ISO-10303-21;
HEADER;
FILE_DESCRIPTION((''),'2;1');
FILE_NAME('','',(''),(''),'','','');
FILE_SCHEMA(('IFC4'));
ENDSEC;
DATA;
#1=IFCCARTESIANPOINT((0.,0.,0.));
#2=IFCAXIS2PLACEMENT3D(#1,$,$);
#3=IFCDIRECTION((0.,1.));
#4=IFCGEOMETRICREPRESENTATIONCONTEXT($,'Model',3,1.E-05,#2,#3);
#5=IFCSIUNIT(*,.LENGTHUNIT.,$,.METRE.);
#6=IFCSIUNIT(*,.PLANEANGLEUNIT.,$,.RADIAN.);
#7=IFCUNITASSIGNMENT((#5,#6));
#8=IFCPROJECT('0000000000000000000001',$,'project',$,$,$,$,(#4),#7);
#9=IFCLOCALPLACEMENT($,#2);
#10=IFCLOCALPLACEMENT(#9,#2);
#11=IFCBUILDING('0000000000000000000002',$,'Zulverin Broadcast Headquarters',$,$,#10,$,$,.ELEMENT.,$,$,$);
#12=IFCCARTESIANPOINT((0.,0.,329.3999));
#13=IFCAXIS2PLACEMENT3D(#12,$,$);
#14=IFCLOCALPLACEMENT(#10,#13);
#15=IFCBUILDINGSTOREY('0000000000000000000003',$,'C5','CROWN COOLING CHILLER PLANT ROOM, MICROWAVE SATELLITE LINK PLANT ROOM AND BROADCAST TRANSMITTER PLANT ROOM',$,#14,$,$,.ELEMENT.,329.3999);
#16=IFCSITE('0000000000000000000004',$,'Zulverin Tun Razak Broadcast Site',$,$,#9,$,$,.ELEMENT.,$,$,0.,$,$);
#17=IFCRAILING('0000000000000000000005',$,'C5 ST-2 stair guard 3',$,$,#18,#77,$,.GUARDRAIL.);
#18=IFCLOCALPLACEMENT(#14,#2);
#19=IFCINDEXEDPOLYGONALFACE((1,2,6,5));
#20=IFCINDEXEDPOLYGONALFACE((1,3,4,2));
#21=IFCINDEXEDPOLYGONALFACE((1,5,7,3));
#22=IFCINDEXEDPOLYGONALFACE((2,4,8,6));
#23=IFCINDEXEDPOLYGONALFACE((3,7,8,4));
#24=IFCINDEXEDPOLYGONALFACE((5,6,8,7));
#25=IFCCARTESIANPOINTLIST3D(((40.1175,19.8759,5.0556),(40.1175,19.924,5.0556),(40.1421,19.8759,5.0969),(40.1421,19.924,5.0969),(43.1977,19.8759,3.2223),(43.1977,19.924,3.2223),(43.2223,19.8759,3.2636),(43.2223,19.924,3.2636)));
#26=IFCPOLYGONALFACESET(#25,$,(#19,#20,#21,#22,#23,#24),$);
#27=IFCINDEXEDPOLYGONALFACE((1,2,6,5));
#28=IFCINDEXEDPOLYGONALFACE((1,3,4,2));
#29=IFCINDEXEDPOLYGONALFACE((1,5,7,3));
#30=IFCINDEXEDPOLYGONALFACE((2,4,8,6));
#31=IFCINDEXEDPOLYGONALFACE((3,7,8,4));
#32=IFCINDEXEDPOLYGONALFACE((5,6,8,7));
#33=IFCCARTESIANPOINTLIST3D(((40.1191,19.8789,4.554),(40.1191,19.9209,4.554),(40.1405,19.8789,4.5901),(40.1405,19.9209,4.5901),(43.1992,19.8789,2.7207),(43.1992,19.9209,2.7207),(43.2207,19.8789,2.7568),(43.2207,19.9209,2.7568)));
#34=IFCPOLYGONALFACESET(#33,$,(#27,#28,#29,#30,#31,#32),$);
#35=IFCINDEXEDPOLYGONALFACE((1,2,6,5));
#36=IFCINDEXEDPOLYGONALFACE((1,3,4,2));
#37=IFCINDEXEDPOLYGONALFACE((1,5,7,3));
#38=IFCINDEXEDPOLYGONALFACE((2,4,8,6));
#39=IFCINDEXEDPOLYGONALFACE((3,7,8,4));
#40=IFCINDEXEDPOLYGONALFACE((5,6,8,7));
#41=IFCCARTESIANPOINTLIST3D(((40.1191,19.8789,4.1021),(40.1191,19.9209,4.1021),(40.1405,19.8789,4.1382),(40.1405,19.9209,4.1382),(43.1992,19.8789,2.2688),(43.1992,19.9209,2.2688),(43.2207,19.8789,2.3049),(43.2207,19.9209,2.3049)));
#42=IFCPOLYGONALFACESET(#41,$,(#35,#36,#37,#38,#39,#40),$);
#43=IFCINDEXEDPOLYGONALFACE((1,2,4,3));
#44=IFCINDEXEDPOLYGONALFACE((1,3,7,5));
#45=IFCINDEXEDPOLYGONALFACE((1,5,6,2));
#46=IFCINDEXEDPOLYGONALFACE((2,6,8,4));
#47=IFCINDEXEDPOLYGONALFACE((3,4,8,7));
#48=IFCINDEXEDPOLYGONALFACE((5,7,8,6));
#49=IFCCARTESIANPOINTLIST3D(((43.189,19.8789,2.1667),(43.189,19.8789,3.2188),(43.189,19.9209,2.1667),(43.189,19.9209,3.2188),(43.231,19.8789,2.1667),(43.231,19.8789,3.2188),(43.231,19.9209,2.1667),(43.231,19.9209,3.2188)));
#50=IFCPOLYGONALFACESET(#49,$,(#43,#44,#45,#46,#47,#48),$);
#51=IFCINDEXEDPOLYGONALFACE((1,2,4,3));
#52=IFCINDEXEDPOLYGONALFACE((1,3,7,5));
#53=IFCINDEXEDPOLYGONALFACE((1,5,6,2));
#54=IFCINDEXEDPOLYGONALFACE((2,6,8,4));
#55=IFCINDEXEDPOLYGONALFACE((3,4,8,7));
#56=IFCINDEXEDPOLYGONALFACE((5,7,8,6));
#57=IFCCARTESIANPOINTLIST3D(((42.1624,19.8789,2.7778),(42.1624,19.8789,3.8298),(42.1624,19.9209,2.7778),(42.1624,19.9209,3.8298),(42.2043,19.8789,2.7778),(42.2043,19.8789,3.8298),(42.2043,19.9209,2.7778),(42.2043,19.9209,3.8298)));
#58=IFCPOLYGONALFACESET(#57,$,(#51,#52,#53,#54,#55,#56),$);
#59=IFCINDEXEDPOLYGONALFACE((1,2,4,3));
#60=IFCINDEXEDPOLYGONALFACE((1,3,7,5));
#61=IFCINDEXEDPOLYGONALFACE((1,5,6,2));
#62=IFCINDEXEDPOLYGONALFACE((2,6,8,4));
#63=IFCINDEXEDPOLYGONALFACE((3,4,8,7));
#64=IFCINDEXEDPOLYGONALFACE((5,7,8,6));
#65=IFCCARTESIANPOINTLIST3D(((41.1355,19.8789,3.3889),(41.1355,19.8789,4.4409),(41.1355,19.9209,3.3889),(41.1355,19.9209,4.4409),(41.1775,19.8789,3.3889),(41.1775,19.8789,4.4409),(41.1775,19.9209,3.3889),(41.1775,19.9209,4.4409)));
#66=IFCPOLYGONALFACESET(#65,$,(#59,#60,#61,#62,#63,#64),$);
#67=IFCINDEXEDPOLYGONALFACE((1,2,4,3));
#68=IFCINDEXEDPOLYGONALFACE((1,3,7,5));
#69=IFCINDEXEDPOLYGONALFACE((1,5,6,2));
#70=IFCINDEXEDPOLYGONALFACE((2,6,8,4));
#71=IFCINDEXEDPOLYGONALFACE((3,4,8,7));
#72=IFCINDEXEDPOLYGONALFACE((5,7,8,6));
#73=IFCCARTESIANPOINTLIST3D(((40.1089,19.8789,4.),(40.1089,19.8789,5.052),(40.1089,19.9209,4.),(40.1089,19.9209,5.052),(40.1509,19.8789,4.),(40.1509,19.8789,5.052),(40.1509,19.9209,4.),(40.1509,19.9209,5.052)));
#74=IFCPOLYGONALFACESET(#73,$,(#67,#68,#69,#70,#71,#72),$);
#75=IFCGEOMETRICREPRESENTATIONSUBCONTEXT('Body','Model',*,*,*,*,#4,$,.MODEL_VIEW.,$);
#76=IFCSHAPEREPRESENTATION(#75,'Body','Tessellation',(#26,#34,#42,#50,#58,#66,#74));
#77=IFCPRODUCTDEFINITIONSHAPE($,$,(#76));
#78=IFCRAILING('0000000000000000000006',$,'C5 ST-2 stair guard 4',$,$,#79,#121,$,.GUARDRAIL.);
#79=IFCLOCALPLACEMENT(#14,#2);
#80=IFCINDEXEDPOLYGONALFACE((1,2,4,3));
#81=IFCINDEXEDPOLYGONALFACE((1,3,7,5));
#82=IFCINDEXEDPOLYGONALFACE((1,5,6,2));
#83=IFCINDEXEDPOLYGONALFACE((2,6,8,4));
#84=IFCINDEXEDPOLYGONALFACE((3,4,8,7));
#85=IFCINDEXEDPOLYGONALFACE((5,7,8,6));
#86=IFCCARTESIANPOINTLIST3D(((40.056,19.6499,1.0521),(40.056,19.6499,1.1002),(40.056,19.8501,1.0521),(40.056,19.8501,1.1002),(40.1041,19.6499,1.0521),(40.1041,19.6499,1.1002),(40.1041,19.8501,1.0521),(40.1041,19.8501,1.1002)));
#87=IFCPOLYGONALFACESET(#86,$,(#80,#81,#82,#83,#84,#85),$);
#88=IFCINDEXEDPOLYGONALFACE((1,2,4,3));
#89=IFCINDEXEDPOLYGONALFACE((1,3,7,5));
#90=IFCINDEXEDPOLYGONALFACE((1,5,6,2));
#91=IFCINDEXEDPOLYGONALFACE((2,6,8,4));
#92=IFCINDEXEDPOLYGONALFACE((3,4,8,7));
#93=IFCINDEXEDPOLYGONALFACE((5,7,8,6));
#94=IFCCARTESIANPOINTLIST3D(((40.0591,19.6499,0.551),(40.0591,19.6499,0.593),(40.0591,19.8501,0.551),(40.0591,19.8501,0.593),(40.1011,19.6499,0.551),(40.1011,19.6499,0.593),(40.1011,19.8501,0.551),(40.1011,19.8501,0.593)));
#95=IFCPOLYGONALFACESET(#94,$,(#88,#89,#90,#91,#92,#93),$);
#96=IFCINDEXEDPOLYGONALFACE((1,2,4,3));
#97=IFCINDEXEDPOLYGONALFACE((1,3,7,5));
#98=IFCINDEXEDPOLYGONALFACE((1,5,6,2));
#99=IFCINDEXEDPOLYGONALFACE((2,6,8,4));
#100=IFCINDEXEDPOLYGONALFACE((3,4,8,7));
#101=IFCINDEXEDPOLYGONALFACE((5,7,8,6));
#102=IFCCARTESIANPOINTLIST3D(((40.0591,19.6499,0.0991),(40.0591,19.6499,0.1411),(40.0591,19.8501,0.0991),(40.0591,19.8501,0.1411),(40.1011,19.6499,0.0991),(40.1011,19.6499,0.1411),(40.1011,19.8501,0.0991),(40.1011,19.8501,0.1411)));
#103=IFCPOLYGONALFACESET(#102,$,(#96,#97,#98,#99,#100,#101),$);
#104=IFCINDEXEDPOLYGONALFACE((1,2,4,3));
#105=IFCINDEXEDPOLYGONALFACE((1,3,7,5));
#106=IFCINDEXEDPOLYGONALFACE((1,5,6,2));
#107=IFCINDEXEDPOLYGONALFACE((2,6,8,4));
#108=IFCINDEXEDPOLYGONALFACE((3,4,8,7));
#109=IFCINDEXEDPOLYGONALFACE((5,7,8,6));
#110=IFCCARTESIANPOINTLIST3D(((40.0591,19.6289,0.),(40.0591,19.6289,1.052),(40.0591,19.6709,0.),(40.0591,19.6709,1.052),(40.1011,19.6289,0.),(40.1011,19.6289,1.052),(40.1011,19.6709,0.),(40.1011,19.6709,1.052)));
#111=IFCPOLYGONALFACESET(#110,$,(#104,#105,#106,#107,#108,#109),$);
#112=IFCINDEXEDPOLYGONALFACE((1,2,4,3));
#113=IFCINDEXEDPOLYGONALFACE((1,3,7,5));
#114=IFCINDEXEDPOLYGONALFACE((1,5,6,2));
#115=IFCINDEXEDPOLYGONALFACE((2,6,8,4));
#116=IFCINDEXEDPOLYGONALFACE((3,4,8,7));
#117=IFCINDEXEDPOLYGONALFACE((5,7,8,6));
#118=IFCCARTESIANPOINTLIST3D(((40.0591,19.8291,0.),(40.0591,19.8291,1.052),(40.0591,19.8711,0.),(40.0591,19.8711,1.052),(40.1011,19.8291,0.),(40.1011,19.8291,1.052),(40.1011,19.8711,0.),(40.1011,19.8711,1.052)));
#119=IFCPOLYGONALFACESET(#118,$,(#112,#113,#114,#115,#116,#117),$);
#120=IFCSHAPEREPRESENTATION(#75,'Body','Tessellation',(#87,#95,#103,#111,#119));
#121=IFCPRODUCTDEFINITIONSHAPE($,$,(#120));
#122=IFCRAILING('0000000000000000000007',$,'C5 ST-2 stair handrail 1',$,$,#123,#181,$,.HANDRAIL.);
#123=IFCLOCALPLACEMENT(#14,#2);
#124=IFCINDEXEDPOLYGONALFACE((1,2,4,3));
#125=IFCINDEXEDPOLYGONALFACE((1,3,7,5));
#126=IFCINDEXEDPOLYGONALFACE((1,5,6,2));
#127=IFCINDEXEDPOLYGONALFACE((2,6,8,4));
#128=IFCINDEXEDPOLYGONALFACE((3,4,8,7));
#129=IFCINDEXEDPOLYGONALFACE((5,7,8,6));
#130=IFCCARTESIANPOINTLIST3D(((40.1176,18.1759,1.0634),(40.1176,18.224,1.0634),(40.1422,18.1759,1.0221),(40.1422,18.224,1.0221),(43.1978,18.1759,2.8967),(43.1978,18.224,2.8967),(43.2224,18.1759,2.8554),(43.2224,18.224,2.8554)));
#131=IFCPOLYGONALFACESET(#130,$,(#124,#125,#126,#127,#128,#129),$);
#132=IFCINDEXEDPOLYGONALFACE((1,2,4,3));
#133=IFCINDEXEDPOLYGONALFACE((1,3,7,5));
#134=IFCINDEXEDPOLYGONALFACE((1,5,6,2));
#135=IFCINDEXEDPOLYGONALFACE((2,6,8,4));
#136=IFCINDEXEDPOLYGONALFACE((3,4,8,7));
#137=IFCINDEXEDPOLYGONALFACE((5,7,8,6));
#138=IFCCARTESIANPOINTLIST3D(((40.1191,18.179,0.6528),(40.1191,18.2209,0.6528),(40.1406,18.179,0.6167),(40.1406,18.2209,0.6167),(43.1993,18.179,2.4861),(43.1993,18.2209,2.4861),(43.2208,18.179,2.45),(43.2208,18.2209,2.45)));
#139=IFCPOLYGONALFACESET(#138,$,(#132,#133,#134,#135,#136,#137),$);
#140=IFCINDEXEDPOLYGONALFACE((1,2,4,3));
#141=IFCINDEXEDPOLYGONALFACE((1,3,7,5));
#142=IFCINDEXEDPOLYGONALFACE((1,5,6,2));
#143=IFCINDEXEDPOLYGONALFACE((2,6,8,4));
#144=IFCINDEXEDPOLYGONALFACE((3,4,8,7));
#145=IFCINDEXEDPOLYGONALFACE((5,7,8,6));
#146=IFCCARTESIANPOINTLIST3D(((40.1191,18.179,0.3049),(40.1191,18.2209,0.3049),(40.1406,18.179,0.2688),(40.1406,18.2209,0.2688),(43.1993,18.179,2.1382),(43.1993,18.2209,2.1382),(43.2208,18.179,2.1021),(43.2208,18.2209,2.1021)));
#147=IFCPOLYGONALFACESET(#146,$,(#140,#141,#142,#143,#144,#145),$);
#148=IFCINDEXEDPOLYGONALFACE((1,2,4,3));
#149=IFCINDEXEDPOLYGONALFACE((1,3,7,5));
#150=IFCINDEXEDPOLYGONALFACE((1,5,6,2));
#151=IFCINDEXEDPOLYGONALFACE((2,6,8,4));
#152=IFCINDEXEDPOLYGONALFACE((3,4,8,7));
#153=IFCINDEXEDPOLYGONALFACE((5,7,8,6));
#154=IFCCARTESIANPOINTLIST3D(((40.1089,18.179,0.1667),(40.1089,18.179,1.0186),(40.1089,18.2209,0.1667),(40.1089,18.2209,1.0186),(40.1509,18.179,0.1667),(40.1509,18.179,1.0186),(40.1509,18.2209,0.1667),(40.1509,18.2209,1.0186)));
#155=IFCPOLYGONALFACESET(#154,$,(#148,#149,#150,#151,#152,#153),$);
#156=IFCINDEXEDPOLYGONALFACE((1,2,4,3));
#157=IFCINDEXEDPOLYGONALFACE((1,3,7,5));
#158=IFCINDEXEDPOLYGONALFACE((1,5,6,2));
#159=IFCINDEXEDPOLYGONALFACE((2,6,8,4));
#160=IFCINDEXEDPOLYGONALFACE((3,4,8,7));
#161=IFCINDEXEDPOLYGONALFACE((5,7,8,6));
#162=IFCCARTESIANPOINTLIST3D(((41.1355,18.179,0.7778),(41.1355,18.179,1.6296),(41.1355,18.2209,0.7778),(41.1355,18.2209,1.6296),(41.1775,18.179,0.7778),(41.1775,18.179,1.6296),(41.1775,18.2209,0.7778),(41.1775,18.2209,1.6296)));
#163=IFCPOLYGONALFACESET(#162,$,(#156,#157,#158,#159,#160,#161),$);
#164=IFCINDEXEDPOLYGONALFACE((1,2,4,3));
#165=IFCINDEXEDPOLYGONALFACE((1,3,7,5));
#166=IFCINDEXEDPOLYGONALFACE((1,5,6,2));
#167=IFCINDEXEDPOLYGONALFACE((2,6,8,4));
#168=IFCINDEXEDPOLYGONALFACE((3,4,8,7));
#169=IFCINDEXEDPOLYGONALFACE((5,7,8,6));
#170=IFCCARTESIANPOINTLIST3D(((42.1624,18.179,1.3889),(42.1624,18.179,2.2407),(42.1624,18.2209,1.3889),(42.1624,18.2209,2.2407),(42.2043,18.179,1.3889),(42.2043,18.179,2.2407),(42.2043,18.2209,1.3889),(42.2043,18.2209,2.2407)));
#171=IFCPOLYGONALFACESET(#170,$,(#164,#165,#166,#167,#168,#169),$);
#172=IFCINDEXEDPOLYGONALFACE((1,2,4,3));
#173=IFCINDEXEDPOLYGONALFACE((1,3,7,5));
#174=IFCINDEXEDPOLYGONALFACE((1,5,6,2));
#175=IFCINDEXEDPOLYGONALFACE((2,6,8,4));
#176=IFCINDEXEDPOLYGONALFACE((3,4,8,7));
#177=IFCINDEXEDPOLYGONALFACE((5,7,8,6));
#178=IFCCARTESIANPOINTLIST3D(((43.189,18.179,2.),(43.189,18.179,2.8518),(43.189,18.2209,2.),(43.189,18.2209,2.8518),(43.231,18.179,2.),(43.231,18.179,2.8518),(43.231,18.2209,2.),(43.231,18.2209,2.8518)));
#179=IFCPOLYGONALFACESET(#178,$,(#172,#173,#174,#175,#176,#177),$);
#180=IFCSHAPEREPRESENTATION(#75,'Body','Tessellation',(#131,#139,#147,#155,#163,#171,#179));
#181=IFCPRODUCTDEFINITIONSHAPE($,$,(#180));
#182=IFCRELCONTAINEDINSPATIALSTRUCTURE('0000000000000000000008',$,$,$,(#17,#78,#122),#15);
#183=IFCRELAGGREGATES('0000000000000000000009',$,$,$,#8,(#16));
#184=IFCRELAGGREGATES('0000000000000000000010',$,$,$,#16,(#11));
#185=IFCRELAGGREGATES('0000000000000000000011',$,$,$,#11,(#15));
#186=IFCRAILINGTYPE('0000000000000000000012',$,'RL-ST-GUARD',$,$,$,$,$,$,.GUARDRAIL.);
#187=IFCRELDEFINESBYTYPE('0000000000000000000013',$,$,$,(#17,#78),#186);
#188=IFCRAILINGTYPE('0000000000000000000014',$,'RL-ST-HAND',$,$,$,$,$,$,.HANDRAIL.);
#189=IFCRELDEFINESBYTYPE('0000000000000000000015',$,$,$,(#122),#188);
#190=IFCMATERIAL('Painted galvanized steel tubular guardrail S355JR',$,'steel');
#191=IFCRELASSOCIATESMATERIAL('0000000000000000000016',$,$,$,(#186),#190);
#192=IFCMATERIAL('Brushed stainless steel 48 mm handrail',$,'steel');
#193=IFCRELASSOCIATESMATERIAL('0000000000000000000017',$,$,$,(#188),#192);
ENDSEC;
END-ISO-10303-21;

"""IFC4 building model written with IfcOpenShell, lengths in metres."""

from ifc_helpers import new_model, si_unit, direction, frame, origin, origin_2d, place, context, subcontext, project, spatial, rectangle, extrude, material, type_object, element, save


model = new_model("IFC4")

# Units and contexts
model_context = context("Model", 3, precision=1e-05, world=origin(), true_north=direction((0.0, 1.0)))
body_context = subcontext(model_context, "Body", "Model", "MODEL_VIEW")
ifc_project = project(units=[si_unit("LENGTHUNIT", "METRE"), si_unit("PLANEANGLEUNIT", "RADIAN")], contexts=[model_context])

# Site, building, storey
site_placement = place(None, origin())
site = spatial("IfcSite", under=ifc_project, at=site_placement, Name="Zulverin Tun Razak Broadcast Site", CompositionType="ELEMENT", RefElevation=0.0)
building_placement = place(site_placement, origin())
building = spatial("IfcBuilding", under=site, at=building_placement, Name="Zulverin Broadcast Headquarters", CompositionType="ELEMENT")
storey_placement = place(building_placement, frame((0.0, 0.0, 329.3999)))
storey = spatial("IfcBuildingStorey", under=building, at=storey_placement, Name="C5", Description="CROWN COOLING CHILLER PLANT ROOM, MICROWAVE SATELLITE LINK PLANT ROOM AND BROADCAST TRANSMITTER PLANT ROOM", CompositionType="ELEMENT", Elevation=329.3999)

# Railings
ifc_material_1 = material(Name="Painted galvanized steel tubular guardrail S355JR", Category="steel")
railing_type_1 = type_object("IfcRailingType", Name="RL-ST-GUARD", PredefinedType="GUARDRAIL", material=ifc_material_1)
railing_1_placement = place(storey_placement, frame((43.21, 19.8999, 2.1667)))
element("IfcRailing", 1, at=railing_1_placement, inside=storey, type_object=railing_type_1, Name="C5 ST-2 stair guard 3", PredefinedType="GUARDRAIL", context=body_context, shape_type="SweptSolid", body=[
    extrude(rectangle(XDim=0.0481, YDim=0.0481, at=origin_2d()), frame((0.0, 0.0, 1.0762), z_axis=(-0.859309, 0.0, 0.511458), x_axis=(0.0, -1.0, 0.0)), (0.0, 0.0, 1.0), 3.5845),
    extrude(rectangle(XDim=0.042, YDim=0.042, at=origin_2d()), frame((0.0, 0.0, 0.572), z_axis=(-0.859309, 0.0, 0.511458), x_axis=(0.0, -1.0, 0.0)), (0.0, 0.0, 1.0), 3.5845),
    extrude(rectangle(XDim=0.042, YDim=0.042, at=origin_2d()), frame((0.0, 0.0, 0.1201), z_axis=(-0.859309, 0.0, 0.511458), x_axis=(0.0, -1.0, 0.0)), (0.0, 0.0, 1.0), 3.5845),
    extrude(rectangle(XDim=0.042, YDim=0.042, at=origin_2d()), origin(), (0.0, 0.0, 1.0), 1.052),
    extrude(rectangle(XDim=0.042, YDim=0.042, at=origin_2d()), frame((-1.0266, 0.0, 0.6111)), (0.0, 0.0, 1.0), 1.052),
    extrude(rectangle(XDim=0.042, YDim=0.042, at=origin_2d()), frame((-2.0535, 0.0, 1.2222)), (0.0, 0.0, 1.0), 1.052),
    extrude(rectangle(XDim=0.042, YDim=0.042, at=origin_2d()), frame((-3.0801, 0.0, 1.8333)), (0.0, 0.0, 1.0), 1.052),
])
railing_2_placement = place(storey_placement, frame((40.0801, 19.6499, 0.0)))
element("IfcRailing", 2, at=railing_2_placement, inside=storey, type_object=railing_type_1, Name="C5 ST-2 stair guard 4", PredefinedType="GUARDRAIL", context=body_context, shape_type="SweptSolid", body=[
    extrude(rectangle(XDim=0.0481, YDim=0.0481, at=origin_2d()), frame((0.0, 0.0, 1.0762), z_axis=(0.0, 1.0, 0.0), x_axis=(-1.0, 0.0, 0.0)), (0.0, 0.0, 1.0), 0.2002),
    extrude(rectangle(XDim=0.042, YDim=0.042, at=origin_2d()), frame((0.0, 0.0, 0.572), z_axis=(0.0, 1.0, 0.0), x_axis=(-1.0, 0.0, 0.0)), (0.0, 0.0, 1.0), 0.2002),
    extrude(rectangle(XDim=0.042, YDim=0.042, at=origin_2d()), frame((0.0, 0.0, 0.1201), z_axis=(0.0, 1.0, 0.0), x_axis=(-1.0, 0.0, 0.0)), (0.0, 0.0, 1.0), 0.2002),
    extrude(rectangle(XDim=0.042, YDim=0.042, at=origin_2d()), origin(), (0.0, 0.0, 1.0), 1.052),
    extrude(rectangle(XDim=0.042, YDim=0.042, at=origin_2d()), frame((0.0, 0.2002, 0.0)), (0.0, 0.0, 1.0), 1.052),
])
ifc_material_2 = material(Name="Brushed stainless steel 48 mm handrail", Category="steel")
railing_type_2 = type_object("IfcRailingType", Name="RL-ST-HAND", PredefinedType="HANDRAIL", material=ifc_material_2)
railing_3_placement = place(storey_placement, frame((40.1299, 18.2, 0.1667)))
element("IfcRailing", 3, at=railing_3_placement, inside=storey, type_object=railing_type_2, Name="C5 ST-2 stair handrail 1", PredefinedType="HANDRAIL", context=body_context, shape_type="SweptSolid", body=[
    extrude(rectangle(XDim=0.0481, YDim=0.0481, at=origin_2d()), frame((0.0, 0.0, 0.876), z_axis=(0.859309, 0.0, 0.511458), x_axis=(0.0, 1.0, 0.0)), (0.0, 0.0, 1.0), 3.5845),
    extrude(rectangle(XDim=0.042, YDim=0.042, at=origin_2d()), frame((0.0, 0.0, 0.468), z_axis=(0.859309, 0.0, 0.511458), x_axis=(0.0, 1.0, 0.0)), (0.0, 0.0, 1.0), 3.5845),
    extrude(rectangle(XDim=0.042, YDim=0.042, at=origin_2d()), frame((0.0, 0.0, 0.1201), z_axis=(0.859309, 0.0, 0.511458), x_axis=(0.0, 1.0, 0.0)), (0.0, 0.0, 1.0), 3.5845),
    extrude(rectangle(XDim=0.042, YDim=0.042, at=origin_2d()), origin(), (0.0, 0.0, 1.0), 0.8518),
    extrude(rectangle(XDim=0.042, YDim=0.042, at=origin_2d()), frame((1.0266, 0.0, 0.6111)), (0.0, 0.0, 1.0), 0.8518),
    extrude(rectangle(XDim=0.042, YDim=0.042, at=origin_2d()), frame((2.0535, 0.0, 1.2222)), (0.0, 0.0, 1.0), 0.8518),
    extrude(rectangle(XDim=0.042, YDim=0.042, at=origin_2d()), frame((3.0801, 0.0, 1.8333)), (0.0, 0.0, 1.0), 0.8518),
])

save(model, "model.ifc")
